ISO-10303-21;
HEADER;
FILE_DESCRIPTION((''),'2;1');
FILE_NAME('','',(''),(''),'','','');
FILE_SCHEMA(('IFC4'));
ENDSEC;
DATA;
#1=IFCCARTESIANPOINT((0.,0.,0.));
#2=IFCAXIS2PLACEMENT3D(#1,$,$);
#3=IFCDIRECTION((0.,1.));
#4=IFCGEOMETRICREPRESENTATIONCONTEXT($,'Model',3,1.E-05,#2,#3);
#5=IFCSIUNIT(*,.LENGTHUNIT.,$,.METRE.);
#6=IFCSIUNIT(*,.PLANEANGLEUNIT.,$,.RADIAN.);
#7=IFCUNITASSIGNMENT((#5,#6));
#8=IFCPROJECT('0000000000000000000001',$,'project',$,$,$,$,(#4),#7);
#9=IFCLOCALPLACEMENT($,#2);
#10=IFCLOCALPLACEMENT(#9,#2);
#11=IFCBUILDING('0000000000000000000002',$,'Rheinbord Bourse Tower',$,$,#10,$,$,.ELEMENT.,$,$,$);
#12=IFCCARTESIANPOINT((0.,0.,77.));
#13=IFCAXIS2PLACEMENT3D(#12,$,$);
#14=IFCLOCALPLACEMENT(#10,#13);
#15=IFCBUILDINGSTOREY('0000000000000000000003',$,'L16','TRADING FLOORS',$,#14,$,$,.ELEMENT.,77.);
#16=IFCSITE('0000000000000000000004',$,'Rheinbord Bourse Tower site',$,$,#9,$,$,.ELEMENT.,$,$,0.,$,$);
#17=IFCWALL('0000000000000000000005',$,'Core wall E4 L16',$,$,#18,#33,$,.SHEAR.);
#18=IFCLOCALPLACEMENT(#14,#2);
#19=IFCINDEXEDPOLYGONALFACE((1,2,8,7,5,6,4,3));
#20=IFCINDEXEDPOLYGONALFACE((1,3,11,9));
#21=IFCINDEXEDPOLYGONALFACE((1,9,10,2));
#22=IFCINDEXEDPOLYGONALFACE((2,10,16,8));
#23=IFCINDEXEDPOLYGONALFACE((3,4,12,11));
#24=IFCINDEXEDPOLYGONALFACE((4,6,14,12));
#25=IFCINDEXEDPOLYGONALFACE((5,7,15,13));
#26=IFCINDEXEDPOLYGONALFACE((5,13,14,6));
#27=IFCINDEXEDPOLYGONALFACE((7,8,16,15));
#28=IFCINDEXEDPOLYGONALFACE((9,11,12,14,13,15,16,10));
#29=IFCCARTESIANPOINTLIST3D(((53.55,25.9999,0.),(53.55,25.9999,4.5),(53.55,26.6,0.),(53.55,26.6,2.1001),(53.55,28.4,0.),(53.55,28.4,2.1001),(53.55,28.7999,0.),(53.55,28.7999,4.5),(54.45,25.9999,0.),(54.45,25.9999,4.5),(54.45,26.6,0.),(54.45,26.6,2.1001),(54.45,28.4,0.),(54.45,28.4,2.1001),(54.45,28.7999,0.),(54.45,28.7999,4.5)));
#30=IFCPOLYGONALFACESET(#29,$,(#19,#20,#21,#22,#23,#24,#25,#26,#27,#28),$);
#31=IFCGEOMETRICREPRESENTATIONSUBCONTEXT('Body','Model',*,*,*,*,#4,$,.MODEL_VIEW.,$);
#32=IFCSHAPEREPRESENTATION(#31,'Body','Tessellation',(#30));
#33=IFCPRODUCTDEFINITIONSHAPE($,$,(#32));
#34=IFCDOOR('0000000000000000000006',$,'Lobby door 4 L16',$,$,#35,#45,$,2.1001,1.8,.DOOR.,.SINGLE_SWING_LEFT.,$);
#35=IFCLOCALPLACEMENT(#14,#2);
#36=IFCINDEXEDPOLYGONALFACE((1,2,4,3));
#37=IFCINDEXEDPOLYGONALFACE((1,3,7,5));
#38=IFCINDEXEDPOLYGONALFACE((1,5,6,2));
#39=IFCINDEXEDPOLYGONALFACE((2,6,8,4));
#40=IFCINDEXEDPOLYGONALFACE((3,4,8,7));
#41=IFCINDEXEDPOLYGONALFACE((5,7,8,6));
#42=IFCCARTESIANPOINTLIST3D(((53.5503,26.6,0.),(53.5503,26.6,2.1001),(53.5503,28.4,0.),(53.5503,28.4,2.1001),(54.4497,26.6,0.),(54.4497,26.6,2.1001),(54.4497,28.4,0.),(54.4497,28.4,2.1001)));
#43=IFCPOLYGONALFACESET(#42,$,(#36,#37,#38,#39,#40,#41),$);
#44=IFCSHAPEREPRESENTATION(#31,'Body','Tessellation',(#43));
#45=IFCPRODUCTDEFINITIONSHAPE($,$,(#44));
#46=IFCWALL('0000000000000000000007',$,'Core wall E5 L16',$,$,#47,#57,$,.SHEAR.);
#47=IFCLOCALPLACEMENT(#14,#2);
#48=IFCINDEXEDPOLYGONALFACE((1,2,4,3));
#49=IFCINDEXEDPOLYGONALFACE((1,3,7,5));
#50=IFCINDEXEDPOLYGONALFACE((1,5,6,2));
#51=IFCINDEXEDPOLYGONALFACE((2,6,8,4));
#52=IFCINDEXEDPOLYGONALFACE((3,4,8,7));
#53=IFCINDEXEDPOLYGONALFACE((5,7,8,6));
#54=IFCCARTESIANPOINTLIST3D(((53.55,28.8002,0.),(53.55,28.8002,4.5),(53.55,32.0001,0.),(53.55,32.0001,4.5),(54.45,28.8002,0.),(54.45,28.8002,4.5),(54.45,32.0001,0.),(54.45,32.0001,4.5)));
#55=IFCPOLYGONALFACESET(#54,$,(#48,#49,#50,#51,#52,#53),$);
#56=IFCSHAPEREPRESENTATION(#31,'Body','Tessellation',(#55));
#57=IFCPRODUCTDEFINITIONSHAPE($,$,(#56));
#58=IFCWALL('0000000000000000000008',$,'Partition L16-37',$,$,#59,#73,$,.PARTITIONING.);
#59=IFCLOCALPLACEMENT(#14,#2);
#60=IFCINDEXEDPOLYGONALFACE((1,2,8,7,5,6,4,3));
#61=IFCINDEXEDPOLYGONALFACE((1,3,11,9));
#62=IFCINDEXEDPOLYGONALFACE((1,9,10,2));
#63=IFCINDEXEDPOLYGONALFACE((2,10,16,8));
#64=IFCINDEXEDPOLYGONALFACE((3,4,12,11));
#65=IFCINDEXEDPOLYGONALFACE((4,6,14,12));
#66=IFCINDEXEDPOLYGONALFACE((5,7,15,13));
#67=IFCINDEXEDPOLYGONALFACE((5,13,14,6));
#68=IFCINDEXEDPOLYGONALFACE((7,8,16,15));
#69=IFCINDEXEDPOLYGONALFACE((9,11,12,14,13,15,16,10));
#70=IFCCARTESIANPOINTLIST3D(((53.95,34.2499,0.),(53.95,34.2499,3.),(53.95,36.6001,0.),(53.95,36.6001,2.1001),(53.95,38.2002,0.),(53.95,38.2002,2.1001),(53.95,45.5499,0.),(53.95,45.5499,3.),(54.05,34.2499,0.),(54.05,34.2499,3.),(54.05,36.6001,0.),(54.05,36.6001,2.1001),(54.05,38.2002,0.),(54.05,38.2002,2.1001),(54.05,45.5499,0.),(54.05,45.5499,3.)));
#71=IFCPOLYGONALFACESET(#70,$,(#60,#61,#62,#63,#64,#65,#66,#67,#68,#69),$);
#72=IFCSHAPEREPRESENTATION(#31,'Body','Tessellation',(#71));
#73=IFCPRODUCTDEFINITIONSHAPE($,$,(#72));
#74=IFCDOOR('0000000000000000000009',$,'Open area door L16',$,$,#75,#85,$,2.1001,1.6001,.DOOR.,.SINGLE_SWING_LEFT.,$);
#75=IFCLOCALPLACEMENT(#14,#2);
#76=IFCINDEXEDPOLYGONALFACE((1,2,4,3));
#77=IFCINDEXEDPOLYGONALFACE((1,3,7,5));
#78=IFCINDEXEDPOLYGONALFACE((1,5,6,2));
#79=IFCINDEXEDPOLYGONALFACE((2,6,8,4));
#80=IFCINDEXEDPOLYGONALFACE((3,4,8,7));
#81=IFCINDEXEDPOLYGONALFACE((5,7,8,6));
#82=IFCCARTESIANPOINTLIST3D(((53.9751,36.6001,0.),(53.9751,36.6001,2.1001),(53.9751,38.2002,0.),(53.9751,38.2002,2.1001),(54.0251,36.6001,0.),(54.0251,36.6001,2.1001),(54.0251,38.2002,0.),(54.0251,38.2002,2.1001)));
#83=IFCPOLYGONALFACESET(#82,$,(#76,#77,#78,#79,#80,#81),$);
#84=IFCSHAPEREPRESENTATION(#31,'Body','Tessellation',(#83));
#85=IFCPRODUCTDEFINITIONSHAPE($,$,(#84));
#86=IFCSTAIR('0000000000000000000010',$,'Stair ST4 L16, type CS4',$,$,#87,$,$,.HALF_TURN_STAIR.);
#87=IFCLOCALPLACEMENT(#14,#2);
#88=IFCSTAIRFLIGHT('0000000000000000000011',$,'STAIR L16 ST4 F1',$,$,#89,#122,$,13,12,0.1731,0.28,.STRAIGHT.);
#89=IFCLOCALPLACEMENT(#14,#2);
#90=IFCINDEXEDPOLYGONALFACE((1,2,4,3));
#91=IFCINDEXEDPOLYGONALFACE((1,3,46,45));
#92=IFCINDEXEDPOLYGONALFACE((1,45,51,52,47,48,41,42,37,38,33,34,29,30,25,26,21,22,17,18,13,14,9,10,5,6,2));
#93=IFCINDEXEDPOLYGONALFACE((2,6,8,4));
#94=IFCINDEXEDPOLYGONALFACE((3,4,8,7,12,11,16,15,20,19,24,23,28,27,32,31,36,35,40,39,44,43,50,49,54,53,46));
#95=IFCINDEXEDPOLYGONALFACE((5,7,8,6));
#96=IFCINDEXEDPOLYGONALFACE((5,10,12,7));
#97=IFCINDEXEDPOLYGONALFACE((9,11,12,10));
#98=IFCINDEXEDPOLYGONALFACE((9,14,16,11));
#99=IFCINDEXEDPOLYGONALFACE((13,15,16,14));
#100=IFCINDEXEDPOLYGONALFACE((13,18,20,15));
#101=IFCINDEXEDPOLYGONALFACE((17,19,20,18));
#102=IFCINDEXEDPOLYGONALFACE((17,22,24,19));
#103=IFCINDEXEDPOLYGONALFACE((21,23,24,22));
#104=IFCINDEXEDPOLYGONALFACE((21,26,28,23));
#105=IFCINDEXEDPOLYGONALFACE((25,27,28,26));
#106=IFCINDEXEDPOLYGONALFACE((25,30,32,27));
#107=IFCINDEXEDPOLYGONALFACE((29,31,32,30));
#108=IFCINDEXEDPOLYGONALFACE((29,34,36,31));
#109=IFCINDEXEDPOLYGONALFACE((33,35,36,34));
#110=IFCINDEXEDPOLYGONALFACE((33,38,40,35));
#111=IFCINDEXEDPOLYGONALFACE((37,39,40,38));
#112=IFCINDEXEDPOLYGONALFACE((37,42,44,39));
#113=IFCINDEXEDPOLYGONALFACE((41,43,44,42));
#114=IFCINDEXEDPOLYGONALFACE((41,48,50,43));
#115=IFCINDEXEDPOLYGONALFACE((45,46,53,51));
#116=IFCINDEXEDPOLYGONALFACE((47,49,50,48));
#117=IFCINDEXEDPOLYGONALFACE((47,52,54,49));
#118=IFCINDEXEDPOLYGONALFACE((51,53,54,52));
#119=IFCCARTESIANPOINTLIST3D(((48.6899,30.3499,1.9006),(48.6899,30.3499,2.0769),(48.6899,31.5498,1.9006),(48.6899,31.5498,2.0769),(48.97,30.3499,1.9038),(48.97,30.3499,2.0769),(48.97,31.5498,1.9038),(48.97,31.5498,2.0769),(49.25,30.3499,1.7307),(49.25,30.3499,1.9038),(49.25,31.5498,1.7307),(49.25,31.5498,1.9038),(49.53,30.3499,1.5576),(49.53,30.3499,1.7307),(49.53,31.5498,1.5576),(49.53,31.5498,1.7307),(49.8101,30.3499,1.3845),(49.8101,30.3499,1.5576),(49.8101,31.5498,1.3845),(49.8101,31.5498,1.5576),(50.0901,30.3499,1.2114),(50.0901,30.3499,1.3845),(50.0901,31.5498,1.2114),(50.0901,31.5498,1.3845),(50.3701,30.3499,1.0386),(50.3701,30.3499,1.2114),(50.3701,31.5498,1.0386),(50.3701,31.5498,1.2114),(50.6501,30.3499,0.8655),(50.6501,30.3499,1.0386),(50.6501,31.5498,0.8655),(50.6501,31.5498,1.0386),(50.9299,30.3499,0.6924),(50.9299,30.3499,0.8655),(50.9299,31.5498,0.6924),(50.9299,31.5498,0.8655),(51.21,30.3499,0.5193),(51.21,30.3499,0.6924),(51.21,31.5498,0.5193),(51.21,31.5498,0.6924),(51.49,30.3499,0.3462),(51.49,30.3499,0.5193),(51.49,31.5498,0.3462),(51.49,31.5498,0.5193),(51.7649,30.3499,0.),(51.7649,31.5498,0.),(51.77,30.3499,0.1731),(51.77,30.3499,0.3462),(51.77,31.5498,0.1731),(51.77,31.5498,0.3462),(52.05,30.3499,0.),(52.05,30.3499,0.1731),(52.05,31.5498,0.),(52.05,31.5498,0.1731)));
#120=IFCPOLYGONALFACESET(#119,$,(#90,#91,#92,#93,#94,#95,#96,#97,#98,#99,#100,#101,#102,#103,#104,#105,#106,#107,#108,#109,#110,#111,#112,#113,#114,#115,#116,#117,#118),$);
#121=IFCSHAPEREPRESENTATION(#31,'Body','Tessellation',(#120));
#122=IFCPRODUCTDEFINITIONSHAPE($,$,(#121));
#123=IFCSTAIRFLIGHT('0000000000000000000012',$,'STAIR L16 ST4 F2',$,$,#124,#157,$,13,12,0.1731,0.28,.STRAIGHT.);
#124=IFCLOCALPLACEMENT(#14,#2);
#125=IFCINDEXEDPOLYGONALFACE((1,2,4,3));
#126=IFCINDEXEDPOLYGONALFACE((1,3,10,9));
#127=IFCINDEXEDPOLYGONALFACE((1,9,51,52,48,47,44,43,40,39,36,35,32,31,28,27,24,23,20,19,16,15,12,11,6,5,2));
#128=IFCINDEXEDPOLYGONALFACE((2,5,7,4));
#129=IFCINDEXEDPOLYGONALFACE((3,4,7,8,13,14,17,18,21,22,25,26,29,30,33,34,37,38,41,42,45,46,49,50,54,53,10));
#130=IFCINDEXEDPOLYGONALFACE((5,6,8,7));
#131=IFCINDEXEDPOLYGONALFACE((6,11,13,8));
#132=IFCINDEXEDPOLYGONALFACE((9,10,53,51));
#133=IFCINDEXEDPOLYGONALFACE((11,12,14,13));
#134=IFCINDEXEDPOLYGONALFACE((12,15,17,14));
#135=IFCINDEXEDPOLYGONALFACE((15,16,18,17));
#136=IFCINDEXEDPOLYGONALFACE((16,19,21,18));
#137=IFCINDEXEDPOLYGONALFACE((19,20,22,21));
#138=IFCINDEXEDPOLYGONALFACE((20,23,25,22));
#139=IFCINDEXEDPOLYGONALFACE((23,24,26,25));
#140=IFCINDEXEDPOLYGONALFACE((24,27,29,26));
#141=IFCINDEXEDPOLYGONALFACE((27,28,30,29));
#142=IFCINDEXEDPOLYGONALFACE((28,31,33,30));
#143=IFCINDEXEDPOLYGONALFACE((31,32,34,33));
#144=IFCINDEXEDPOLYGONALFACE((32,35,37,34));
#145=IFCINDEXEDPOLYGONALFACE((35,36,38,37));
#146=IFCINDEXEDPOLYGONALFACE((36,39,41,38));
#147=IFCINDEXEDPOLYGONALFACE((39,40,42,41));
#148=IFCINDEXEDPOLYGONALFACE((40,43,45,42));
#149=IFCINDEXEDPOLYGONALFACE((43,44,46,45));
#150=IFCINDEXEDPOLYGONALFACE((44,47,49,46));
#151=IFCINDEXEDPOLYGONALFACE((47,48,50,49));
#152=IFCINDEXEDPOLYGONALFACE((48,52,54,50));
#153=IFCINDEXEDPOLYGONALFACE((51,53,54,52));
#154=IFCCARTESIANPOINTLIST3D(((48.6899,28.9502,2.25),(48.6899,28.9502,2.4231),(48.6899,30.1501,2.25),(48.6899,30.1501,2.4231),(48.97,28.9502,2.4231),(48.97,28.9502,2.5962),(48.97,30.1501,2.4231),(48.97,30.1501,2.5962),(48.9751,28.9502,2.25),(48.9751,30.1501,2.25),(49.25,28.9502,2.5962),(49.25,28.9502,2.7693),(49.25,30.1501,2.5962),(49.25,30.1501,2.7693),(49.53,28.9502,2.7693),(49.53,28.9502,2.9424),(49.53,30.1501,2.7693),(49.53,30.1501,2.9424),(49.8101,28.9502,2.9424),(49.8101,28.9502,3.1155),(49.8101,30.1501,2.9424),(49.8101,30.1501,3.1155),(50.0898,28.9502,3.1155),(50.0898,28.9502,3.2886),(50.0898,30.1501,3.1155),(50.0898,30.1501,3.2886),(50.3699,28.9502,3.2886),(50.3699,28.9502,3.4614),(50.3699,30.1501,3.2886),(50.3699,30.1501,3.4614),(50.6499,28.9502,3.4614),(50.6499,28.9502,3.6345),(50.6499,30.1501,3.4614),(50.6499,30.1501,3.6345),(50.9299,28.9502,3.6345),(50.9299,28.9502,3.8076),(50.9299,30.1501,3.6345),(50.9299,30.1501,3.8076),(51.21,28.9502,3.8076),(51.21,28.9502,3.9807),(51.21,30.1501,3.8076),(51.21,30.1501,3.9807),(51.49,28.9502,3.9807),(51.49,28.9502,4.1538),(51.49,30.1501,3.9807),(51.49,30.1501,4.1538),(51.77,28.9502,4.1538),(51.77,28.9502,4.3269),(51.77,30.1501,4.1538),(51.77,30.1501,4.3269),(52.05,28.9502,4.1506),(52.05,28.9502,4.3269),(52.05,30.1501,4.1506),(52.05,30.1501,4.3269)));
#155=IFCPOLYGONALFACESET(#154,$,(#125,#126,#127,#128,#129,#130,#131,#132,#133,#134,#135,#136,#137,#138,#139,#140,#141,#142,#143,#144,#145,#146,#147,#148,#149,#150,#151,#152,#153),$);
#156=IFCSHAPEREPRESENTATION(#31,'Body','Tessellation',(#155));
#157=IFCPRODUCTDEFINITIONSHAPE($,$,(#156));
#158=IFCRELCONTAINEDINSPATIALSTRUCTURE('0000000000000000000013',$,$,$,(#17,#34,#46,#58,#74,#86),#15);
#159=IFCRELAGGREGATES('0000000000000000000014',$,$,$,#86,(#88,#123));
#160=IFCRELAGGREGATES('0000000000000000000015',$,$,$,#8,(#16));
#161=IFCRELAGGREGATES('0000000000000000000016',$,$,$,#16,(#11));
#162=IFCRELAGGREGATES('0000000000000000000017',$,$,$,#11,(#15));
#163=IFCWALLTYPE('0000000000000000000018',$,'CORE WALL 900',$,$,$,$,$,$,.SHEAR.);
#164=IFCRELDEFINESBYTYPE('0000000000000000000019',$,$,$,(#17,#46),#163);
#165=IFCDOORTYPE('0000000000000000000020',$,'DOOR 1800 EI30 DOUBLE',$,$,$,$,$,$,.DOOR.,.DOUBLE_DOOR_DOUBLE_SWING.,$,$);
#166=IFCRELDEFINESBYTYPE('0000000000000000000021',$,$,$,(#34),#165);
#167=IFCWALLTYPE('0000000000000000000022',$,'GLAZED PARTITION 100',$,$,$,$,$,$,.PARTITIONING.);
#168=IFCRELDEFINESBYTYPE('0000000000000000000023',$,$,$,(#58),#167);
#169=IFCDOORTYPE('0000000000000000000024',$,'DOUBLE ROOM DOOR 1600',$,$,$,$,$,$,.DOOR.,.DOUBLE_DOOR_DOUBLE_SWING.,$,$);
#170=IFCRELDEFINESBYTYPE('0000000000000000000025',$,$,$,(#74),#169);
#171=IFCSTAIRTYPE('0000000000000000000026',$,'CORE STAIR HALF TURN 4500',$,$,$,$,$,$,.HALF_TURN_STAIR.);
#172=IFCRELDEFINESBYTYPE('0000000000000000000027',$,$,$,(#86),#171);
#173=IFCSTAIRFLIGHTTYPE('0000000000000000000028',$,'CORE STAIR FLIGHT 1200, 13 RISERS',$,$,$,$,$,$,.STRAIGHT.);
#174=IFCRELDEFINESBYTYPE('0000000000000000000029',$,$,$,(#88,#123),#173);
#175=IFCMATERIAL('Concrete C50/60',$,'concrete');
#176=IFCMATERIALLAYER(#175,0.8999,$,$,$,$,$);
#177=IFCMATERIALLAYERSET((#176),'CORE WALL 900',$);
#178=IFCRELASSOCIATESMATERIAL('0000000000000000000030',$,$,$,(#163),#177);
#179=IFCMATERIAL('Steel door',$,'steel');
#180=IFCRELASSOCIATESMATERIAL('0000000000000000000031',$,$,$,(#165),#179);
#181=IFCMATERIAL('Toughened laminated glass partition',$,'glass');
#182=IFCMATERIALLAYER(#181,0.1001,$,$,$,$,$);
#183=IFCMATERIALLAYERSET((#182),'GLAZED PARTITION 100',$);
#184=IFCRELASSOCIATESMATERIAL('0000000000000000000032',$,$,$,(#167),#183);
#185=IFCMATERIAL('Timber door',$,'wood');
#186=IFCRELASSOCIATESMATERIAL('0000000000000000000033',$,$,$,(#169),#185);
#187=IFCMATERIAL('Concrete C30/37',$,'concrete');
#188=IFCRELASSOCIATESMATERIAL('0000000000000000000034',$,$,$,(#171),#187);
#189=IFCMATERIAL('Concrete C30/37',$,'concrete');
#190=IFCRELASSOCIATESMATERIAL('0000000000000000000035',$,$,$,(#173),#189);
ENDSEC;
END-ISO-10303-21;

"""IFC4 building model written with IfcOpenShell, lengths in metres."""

from ifc_helpers import new_model, si_unit, direction, frame, frame_2d, origin, place, context, subcontext, project, spatial, polyline, rectangle, outline, extrude, material, layer, layer_set, type_object, element, fill, aggregate, save


model = new_model("IFC4")

# Units and contexts
model_context = context("Model", 3, precision=1e-05, world=origin(), true_north=direction((0.0, 1.0)))
body_context = subcontext(model_context, "Body", "Model", "MODEL_VIEW")
ifc_project = project(units=[si_unit("LENGTHUNIT", "METRE"), si_unit("PLANEANGLEUNIT", "RADIAN")], contexts=[model_context])

# Site, building, storey
site_placement = place(None, origin())
site = spatial("IfcSite", under=ifc_project, at=site_placement, Name="Rheinbord Bourse Tower site", CompositionType="ELEMENT", RefElevation=0.0)
building_placement = place(site_placement, origin())
building = spatial("IfcBuilding", under=site, at=building_placement, Name="Rheinbord Bourse Tower", CompositionType="ELEMENT")
storey_placement = place(building_placement, frame((0.0, 0.0, 77.0)))
storey = spatial("IfcBuildingStorey", under=building, at=storey_placement, Name="L16", Description="TRADING FLOORS", CompositionType="ELEMENT", Elevation=77.0)

# Shared definitions
ifc_material_1 = material(Name="Concrete C50/60", Category="concrete")
ifc_layer_1 = layer(ifc_material_1, 0.8999)
ifc_layer_set_1 = layer_set([ifc_layer_1], Name="CORE WALL 900")
wall_type_1 = type_object("IfcWallType", Name="CORE WALL 900", PredefinedType="SHEAR", material=ifc_layer_set_1)

# Wall, opening, door
wall_1_placement = place(storey_placement, frame((54.0, 26.0, 0.0), z_axis=(0.0, 0.0, 1.0), x_axis=(0.0, 1.0, 0.0)))
wall_1 = element("IfcWall", 1, at=wall_1_placement, inside=storey, type_object=wall_type_1, Name="Core wall E4 L16", PredefinedType="SHEAR", context=body_context, shape_type="SweptSolid", body=[
    extrude(rectangle(XDim=2.8, YDim=0.8999, at=frame_2d((1.3999, 0.0))), origin(), (0.0, 0.0, 1.0), 4.5),
])
opening_1_placement = place(wall_1_placement, frame((0.6001, 0.0, 0.0)))
opening_1 = element("IfcOpeningElement", 2, at=opening_1_placement, cuts=wall_1, PredefinedType="OPENING", context=body_context, shape_type="SweptSolid", body=[
    extrude(rectangle(XDim=1.8, YDim=2.1001, at=frame_2d((0.8999, 1.05))), frame((0.0, 0.46, 0.0), z_axis=(0.0, -1.0, 0.0), x_axis=(1.0, 0.0, 0.0)), (0.0, 0.0, 1.0), 0.9199),
])
ifc_material_2 = material(Name="Steel door", Category="steel")
door_type_1 = type_object("IfcDoorType", Name="DOOR 1800 EI30 DOUBLE", OperationType="DOUBLE_DOOR_DOUBLE_SWING", PredefinedType="DOOR", material=ifc_material_2)
door_1_placement = place(opening_1_placement, origin())
door_1 = element("IfcDoor", 3, at=door_1_placement, inside=storey, type_object=door_type_1, Name="Lobby door 4 L16", OperationType="SINGLE_SWING_LEFT", OverallHeight=2.1001, OverallWidth=1.8, PredefinedType="DOOR", context=body_context, shape_type="SweptSolid", body=[
    extrude(rectangle(XDim=1.8, YDim=2.1001, at=frame_2d((0.8999, 1.05))), frame((0.0, 0.4497, 0.0), z_axis=(0.0, -1.0, 0.0), x_axis=(1.0, 0.0, 0.0)), (0.0, 0.0, 1.0), 0.8994),
])
fill(opening_1, door_1)

# Wall
wall_2_placement = place(storey_placement, frame((54.0, 28.8, 0.0), z_axis=(0.0, 0.0, 1.0), x_axis=(0.0, 1.0, 0.0)))
element("IfcWall", 4, at=wall_2_placement, inside=storey, type_object=wall_type_1, Name="Core wall E5 L16", PredefinedType="SHEAR", context=body_context, shape_type="SweptSolid", body=[
    extrude(rectangle(XDim=3.2, YDim=0.8999, at=frame_2d((1.6001, 0.0))), origin(), (0.0, 0.0, 1.0), 4.5),
])

# Wall, opening, door
ifc_material_3 = material(Name="Toughened laminated glass partition", Category="glass")
ifc_layer_2 = layer(ifc_material_3, 0.1001)
ifc_layer_set_2 = layer_set([ifc_layer_2], Name="GLAZED PARTITION 100")
wall_type_2 = type_object("IfcWallType", Name="GLAZED PARTITION 100", PredefinedType="PARTITIONING", material=ifc_layer_set_2)
wall_3_placement = place(storey_placement, frame((54.0, 34.25, 0.0), z_axis=(0.0, 0.0, 1.0), x_axis=(0.0, 1.0, 0.0)))
wall_3 = element("IfcWall", 5, at=wall_3_placement, inside=storey, type_object=wall_type_2, Name="Partition L16-37", PredefinedType="PARTITIONING", context=body_context, shape_type="SweptSolid", body=[
    extrude(rectangle(XDim=11.3, YDim=0.1001, at=frame_2d((5.6499, 0.0))), origin(), (0.0, 0.0, 1.0), 3.0),
])
opening_2_placement = place(wall_3_placement, frame((2.3501, 0.0, 0.0)))
opening_2 = element("IfcOpeningElement", 6, at=opening_2_placement, cuts=wall_3, PredefinedType="OPENING", context=body_context, shape_type="SweptSolid", body=[
    extrude(rectangle(XDim=1.6001, YDim=2.1001, at=frame_2d((0.8, 1.05))), frame((0.0, 0.0601, 0.0), z_axis=(0.0, -1.0, 0.0), x_axis=(1.0, 0.0, 0.0)), (0.0, 0.0, 1.0), 0.1201),
])
ifc_material_4 = material(Name="Timber door", Category="wood")
door_type_2 = type_object("IfcDoorType", Name="DOUBLE ROOM DOOR 1600", OperationType="DOUBLE_DOOR_DOUBLE_SWING", PredefinedType="DOOR", material=ifc_material_4)
door_2_placement = place(opening_2_placement, origin())
door_2 = element("IfcDoor", 7, at=door_2_placement, inside=storey, type_object=door_type_2, Name="Open area door L16", OperationType="SINGLE_SWING_LEFT", OverallHeight=2.1001, OverallWidth=1.6001, PredefinedType="DOOR", context=body_context, shape_type="SweptSolid", body=[
    extrude(rectangle(XDim=1.6001, YDim=2.1001, at=frame_2d((0.8, 1.05))), frame((0.0, 0.0249, 0.0), z_axis=(0.0, -1.0, 0.0), x_axis=(1.0, 0.0, 0.0)), (0.0, 0.0, 1.0), 0.05),
])
fill(opening_2, door_2)

# Stair, stair flights
ifc_material_5 = material(Name="Concrete C30/37", Category="concrete")
stair_type = type_object("IfcStairType", Name="CORE STAIR HALF TURN 4500", PredefinedType="HALF_TURN_STAIR", material=ifc_material_5)
stair_placement = place(storey_placement, origin())
stair = element("IfcStair", 8, at=stair_placement, inside=storey, type_object=stair_type, Name="Stair ST4 L16, type CS4", PredefinedType="HALF_TURN_STAIR")
ifc_material_6 = material(Name="Concrete C30/37", Category="concrete")
stair_flight_type = type_object("IfcStairFlightType", Name="CORE STAIR FLIGHT 1200, 13 RISERS", PredefinedType="STRAIGHT", material=ifc_material_6)
stair_flight_1_placement = place(storey_placement, frame((52.05, 30.95, 0.0), z_axis=(0.0, 0.0, 1.0), x_axis=(-1.0, 0.0, 0.0)))
stair_flight_1 = element("IfcStairFlight", 9, at=stair_flight_1_placement, type_object=stair_flight_type, Name="STAIR L16 ST4 F1", NumberOfRisers=13, NumberOfTreads=12, PredefinedType="STRAIGHT", RiserHeight=0.1731, TreadLength=0.28, context=body_context, shape_type="SweptSolid", body=[
    extrude(outline(polyline([(0.0, 0.0), (0.0, 0.1731), (0.28, 0.1731), (0.28, 0.3462), (0.5601, 0.3462), (0.5601, 0.5193), (0.8401, 0.5193), (0.8401, 0.6924), (1.1201, 0.6924), (1.1201, 0.8655), (1.3999, 0.8655), (1.3999, 1.0386), (1.6799, 1.0386), (1.6799, 1.2114), (1.96, 1.2114), (1.96, 1.3845), (2.24, 1.3845), (2.24, 1.5576), (2.52, 1.5576), (2.52, 1.7307), (2.8, 1.7307), (2.8, 1.9038), (3.0801, 1.9038), (3.0801, 2.0769), (3.3601, 2.0769), (3.3601, 2.25), (3.3601, 1.9006), (0.2852, 0.0), (0.0, 0.0)])), frame((0.0, 0.6001, 0.0), z_axis=(0.0, -1.0, 0.0), x_axis=(1.0, 0.0, 0.0)), (0.0, 0.0, 1.0), 1.2),
])
stair_flight_2_placement = place(storey_placement, frame((48.6899, 29.55, 2.25), z_axis=(0.0, 0.0, 1.0), x_axis=(1.0, 0.0, 0.0)))
stair_flight_2 = element("IfcStairFlight", 10, at=stair_flight_2_placement, type_object=stair_flight_type, Name="STAIR L16 ST4 F2", NumberOfRisers=13, NumberOfTreads=12, PredefinedType="STRAIGHT", RiserHeight=0.1731, TreadLength=0.28, context=body_context, shape_type="SweptSolid", body=[
    extrude(outline(polyline([(0.0, 0.0), (0.0, 0.1731), (0.28, 0.1731), (0.28, 0.3462), (0.5601, 0.3462), (0.5601, 0.5193), (0.8401, 0.5193), (0.8401, 0.6924), (1.1201, 0.6924), (1.1201, 0.8655), (1.3999, 0.8655), (1.3999, 1.0386), (1.6799, 1.0386), (1.6799, 1.2114), (1.96, 1.2114), (1.96, 1.3845), (2.24, 1.3845), (2.24, 1.5576), (2.52, 1.5576), (2.52, 1.7307), (2.8, 1.7307), (2.8, 1.9038), (3.0801, 1.9038), (3.0801, 2.0769), (3.3601, 2.0769), (3.3601, 2.25), (3.3601, 1.9006), (0.2852, 0.0), (0.0, 0.0)])), frame((0.0, 0.6001, 0.0), z_axis=(0.0, -1.0, 0.0), x_axis=(1.0, 0.0, 0.0)), (0.0, 0.0, 1.0), 1.2),
])
aggregate(stair, [stair_flight_1, stair_flight_2])

save(model, "model.ifc")
